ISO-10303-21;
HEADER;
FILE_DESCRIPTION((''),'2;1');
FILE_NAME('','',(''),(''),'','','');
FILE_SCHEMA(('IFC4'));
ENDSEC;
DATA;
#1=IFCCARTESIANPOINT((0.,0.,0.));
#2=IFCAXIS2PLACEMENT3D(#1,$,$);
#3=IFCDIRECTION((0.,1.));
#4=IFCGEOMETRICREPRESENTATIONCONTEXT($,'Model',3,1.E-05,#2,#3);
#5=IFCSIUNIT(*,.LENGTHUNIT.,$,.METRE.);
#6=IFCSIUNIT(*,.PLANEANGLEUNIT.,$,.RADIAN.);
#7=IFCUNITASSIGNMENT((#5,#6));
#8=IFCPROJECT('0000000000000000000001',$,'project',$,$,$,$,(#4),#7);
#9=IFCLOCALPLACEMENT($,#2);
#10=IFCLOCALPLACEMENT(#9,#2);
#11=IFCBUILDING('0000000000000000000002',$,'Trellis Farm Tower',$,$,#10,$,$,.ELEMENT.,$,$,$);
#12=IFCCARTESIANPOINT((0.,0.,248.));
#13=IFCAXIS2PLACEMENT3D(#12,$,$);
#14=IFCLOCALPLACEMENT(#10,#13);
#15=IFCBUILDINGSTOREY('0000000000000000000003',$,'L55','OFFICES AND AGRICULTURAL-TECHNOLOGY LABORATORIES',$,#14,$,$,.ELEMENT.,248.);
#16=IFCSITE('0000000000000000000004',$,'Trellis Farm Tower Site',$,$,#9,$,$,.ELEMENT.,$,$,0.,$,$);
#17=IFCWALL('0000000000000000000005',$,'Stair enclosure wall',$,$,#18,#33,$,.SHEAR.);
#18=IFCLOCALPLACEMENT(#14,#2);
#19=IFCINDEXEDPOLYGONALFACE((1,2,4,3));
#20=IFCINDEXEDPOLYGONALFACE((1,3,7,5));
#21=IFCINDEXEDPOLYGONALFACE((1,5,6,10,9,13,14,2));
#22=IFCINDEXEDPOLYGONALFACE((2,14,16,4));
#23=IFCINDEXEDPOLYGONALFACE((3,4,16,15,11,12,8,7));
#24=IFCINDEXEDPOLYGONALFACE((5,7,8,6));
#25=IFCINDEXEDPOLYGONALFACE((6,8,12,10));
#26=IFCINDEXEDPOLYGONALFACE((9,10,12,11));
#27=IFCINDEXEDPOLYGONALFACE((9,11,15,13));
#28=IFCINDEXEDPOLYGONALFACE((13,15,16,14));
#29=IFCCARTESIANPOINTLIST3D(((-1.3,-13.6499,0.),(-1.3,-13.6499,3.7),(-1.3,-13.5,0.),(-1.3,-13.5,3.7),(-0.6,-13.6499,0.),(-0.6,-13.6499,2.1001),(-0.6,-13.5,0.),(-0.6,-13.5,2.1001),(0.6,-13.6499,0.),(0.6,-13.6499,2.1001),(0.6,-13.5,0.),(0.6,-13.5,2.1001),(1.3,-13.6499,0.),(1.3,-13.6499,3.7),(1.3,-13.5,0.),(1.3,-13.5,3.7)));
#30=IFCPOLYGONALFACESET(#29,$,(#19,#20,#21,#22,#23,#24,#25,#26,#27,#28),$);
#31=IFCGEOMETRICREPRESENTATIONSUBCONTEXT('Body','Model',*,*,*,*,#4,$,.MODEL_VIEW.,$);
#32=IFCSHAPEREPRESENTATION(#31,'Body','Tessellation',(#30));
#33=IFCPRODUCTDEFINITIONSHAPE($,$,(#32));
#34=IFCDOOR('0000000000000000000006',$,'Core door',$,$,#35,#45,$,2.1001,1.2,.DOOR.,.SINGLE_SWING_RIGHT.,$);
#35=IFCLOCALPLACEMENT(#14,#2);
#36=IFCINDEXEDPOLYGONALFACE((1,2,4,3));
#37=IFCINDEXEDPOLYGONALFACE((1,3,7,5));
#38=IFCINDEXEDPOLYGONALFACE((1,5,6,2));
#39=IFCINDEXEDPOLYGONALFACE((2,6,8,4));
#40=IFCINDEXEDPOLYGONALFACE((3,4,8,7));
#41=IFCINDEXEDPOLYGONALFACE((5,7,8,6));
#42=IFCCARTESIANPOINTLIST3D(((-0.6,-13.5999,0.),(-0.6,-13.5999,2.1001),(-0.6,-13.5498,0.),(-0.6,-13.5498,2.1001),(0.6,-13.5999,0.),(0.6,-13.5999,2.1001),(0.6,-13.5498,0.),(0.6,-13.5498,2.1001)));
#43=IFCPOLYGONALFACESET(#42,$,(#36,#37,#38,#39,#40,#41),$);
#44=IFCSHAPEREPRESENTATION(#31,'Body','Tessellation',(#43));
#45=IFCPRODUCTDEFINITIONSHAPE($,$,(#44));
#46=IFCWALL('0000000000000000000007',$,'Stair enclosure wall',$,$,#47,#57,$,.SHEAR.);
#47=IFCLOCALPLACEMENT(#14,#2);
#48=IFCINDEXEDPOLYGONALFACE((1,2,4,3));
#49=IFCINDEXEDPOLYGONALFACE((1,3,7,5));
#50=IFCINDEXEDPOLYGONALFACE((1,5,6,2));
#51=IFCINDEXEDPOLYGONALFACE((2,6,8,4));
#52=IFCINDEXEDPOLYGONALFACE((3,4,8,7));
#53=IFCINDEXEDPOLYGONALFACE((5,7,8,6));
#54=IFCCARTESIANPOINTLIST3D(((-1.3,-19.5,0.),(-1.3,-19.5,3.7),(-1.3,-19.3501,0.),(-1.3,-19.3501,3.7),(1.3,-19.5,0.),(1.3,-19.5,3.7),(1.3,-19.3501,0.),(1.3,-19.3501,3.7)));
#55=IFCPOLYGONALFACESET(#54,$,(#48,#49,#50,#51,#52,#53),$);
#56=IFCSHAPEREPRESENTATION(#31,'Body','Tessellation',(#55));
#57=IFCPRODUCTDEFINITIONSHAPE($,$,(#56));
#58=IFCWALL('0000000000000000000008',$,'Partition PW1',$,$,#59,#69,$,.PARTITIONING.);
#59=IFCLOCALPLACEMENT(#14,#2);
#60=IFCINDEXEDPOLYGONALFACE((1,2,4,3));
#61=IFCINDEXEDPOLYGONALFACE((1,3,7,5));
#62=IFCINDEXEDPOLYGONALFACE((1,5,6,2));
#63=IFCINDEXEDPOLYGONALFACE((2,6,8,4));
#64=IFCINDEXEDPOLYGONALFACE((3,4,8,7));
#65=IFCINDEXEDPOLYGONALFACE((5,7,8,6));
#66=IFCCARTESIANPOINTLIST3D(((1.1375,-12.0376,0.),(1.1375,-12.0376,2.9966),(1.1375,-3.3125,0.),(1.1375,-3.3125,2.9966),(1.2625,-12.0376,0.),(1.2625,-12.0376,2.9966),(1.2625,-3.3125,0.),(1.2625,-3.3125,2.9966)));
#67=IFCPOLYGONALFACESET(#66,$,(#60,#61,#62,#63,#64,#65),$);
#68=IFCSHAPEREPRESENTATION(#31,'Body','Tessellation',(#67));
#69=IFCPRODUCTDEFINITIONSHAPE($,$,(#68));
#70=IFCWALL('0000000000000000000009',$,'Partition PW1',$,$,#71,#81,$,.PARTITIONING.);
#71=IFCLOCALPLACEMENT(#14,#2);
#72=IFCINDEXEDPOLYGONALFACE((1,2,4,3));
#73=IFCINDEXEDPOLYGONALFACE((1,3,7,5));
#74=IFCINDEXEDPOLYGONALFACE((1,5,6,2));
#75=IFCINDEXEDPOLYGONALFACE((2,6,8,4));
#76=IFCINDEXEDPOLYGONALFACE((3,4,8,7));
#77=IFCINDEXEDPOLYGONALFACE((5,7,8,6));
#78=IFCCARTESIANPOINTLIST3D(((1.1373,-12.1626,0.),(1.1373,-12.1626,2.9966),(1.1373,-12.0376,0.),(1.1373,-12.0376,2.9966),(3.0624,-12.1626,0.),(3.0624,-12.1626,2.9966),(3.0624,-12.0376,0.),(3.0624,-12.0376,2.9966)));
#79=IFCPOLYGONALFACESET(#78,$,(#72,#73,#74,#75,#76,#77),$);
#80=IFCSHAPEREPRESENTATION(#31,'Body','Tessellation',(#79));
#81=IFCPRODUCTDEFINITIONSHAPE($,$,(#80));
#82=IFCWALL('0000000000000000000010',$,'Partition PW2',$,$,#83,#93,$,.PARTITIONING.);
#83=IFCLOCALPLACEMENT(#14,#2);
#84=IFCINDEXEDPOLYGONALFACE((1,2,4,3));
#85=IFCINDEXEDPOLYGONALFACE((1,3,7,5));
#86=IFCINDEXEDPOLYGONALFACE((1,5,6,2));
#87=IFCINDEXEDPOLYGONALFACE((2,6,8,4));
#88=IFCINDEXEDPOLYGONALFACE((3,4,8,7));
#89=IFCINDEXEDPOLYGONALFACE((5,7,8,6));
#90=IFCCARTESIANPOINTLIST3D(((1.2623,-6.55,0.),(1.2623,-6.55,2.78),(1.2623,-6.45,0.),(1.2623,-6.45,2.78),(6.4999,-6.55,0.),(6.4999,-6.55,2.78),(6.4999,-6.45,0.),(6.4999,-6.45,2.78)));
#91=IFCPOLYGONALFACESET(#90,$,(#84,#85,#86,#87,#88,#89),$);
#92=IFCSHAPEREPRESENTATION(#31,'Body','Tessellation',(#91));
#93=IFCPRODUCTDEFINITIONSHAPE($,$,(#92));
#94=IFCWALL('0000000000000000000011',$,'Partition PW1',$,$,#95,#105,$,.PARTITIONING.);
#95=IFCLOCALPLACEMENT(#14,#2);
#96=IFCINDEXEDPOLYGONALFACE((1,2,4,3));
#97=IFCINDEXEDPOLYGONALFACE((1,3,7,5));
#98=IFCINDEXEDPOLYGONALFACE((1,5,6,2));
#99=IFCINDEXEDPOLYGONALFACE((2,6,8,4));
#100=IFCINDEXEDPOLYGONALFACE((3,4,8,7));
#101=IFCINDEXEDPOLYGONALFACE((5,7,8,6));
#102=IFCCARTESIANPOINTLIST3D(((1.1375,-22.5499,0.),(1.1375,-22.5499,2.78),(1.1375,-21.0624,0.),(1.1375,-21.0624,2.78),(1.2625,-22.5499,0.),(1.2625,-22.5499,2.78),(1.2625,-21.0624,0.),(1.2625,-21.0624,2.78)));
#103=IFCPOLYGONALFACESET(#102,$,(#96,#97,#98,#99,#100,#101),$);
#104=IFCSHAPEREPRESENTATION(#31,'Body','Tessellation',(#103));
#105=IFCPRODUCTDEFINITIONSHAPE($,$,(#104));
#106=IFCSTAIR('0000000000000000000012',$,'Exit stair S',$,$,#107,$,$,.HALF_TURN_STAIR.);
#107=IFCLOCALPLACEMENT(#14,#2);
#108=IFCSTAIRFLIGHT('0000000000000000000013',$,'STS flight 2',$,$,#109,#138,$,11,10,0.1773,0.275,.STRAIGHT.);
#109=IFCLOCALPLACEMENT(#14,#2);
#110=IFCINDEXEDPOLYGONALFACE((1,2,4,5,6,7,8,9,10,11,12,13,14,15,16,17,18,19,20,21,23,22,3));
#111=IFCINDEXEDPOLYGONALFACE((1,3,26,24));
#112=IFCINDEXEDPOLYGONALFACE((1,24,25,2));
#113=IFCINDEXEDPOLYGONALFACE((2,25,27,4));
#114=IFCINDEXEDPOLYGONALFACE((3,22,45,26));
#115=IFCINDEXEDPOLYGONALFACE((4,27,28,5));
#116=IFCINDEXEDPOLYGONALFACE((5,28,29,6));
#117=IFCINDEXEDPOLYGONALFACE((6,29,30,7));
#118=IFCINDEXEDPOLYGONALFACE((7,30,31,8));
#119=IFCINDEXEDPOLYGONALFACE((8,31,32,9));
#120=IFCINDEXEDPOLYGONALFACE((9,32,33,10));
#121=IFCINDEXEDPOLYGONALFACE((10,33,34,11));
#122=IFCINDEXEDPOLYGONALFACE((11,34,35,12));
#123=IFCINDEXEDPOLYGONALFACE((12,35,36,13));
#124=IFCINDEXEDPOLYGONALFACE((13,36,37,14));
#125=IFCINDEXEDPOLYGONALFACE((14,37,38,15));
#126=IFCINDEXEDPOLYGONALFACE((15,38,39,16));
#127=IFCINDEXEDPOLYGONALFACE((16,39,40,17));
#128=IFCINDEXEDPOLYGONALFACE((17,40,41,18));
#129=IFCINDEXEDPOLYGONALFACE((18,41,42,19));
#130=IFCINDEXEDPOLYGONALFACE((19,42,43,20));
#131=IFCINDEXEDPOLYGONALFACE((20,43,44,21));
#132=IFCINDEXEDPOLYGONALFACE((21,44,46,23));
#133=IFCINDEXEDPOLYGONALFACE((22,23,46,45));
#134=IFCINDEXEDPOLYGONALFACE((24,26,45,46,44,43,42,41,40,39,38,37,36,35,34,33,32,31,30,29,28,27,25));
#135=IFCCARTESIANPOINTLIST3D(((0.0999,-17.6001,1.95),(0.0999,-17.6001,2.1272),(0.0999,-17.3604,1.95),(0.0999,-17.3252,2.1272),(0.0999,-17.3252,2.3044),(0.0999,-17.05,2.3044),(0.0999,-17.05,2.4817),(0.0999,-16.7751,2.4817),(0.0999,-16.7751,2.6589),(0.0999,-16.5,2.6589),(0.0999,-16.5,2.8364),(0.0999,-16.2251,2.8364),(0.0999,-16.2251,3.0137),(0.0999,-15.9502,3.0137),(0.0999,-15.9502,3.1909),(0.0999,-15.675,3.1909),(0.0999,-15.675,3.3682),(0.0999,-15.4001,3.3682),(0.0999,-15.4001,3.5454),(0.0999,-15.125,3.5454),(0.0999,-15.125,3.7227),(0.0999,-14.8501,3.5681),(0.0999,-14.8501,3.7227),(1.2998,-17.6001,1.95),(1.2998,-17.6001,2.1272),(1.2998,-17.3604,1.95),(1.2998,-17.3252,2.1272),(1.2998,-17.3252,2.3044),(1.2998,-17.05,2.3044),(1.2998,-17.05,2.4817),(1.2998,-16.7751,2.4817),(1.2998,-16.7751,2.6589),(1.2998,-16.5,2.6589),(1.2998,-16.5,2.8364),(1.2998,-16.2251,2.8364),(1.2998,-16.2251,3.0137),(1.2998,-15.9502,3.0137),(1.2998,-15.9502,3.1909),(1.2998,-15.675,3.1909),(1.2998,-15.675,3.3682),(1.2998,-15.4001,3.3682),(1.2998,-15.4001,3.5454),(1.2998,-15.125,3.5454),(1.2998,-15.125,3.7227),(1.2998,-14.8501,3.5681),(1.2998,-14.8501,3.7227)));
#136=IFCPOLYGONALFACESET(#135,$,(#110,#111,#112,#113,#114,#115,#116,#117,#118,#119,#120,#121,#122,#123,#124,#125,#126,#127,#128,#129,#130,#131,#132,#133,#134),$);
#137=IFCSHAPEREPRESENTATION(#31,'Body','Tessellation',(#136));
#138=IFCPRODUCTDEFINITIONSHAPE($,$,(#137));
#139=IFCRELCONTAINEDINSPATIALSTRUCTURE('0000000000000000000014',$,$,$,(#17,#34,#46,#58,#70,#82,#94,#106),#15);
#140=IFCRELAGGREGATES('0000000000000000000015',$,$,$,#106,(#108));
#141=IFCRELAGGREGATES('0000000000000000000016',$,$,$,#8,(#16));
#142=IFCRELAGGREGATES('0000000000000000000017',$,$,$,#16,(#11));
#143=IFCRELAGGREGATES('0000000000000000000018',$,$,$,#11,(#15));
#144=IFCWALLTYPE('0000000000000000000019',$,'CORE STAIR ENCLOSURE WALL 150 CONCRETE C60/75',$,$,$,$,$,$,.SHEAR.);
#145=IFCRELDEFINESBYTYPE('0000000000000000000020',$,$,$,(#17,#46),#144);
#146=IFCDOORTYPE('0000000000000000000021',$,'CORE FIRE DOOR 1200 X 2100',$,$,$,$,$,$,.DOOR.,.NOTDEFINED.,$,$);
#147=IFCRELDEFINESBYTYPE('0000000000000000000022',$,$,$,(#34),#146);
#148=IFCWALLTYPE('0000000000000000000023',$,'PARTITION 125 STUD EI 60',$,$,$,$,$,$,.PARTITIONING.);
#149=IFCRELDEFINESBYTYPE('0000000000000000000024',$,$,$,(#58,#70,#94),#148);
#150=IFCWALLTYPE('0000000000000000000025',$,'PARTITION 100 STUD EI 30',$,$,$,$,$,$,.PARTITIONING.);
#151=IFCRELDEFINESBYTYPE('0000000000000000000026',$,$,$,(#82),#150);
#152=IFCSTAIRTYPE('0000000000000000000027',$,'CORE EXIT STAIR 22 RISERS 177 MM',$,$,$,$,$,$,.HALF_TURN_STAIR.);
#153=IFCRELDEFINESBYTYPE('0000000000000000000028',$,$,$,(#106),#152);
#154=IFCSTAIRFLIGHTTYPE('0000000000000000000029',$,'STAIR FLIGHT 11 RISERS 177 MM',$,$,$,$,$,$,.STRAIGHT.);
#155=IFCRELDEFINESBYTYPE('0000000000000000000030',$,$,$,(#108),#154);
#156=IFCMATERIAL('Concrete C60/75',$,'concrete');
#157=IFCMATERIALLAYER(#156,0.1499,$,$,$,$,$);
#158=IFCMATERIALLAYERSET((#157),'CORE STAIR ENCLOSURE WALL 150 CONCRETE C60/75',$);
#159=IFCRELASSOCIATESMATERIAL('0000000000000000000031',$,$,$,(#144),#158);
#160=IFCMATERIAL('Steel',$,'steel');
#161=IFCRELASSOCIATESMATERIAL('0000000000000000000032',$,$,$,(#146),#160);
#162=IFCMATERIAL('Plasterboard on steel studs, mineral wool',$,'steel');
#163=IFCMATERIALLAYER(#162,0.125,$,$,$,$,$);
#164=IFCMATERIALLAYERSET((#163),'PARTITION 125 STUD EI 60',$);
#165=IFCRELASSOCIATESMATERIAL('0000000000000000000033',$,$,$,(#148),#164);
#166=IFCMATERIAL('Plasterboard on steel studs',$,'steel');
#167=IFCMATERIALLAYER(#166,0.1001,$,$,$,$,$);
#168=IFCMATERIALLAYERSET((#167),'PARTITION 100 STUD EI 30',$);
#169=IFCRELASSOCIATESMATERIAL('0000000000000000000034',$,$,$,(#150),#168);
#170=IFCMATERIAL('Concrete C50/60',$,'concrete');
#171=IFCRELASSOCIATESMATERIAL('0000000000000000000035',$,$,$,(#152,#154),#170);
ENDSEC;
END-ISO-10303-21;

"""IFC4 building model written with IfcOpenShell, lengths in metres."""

from ifc_helpers import new_model, si_unit, direction, frame, frame_2d, origin, place, context, subcontext, project, spatial, polyline, rectangle, outline, extrude, source, transform, mapped, material, layer, layer_set, type_object, element, fill, aggregate, save


model = new_model("IFC4")

# Units and contexts
model_context = context("Model", 3, precision=1e-05, world=origin(), true_north=direction((0.0, 1.0)))
body_context = subcontext(model_context, "Body", "Model", "MODEL_VIEW")
ifc_project = project(units=[si_unit("LENGTHUNIT", "METRE"), si_unit("PLANEANGLEUNIT", "RADIAN")], contexts=[model_context])

# Site, building, storey
site_placement = place(None, origin())
site = spatial("IfcSite", under=ifc_project, at=site_placement, Name="Trellis Farm Tower Site", CompositionType="ELEMENT", RefElevation=0.0)
building_placement = place(site_placement, origin())
building = spatial("IfcBuilding", under=site, at=building_placement, Name="Trellis Farm Tower", CompositionType="ELEMENT")
storey_placement = place(building_placement, frame((0.0, 0.0, 248.0)))
storey = spatial("IfcBuildingStorey", under=building, at=storey_placement, Name="L55", Description="OFFICES AND AGRICULTURAL-TECHNOLOGY LABORATORIES", CompositionType="ELEMENT", Elevation=248.0)

# Shared definitions
placement_1 = place(storey_placement, origin())

# Shared definitions
ifc_material_1 = material(Name="Concrete C60/75", Category="concrete")

# Wall, opening, door
ifc_layer_1 = layer(ifc_material_1, 0.1499)
ifc_layer_set_1 = layer_set([ifc_layer_1], Name="CORE STAIR ENCLOSURE WALL 150 CONCRETE C60/75")
wall_type_1 = type_object("IfcWallType", Name="CORE STAIR ENCLOSURE WALL 150 CONCRETE C60/75", PredefinedType="SHEAR", material=ifc_layer_set_1)
shared_shape_1 = source(origin(), body_context, "Body", "SweptSolid", [
    extrude(rectangle(XDim=2.6001, YDim=0.1499, at=frame_2d((1.3, 0.0))), origin(), (0.0, 0.0, 1.0), 3.7),
])
wall_1_placement = place(storey_placement, frame((1.3, -13.575, 0.0), z_axis=(0.0, 0.0, 1.0), x_axis=(-1.0, 0.0, 0.0)))
wall_1 = element("IfcWall", 1, at=wall_1_placement, inside=storey, type_object=wall_type_1, Name="Stair enclosure wall", PredefinedType="SHEAR", context=body_context, shape_type="MappedRepresentation", body=[
    mapped(shared_shape_1, transform((0.0, 0.0, 0.0))),
])
shared_shape_2 = source(origin(), body_context, "Body", "SweptSolid", [
    extrude(rectangle(XDim=1.2, YDim=2.1001, at=frame_2d((0.6001, 1.05))), frame((0.0, 0.085, 0.0), z_axis=(0.0, -1.0, 0.0), x_axis=(1.0, 0.0, 0.0)), (0.0, 0.0, 1.0), 0.1699),
])
opening_placement = place(wall_1_placement, frame((0.7, 0.0, 0.0)))
opening = element("IfcOpeningElement", 2, at=opening_placement, cuts=wall_1, PredefinedType="OPENING", context=body_context, shape_type="MappedRepresentation", body=[
    mapped(shared_shape_2, transform((0.0, 0.0, 0.0))),
])
ifc_material_2 = material(Name="Steel", Category="steel")
door_type = type_object("IfcDoorType", Name="CORE FIRE DOOR 1200 X 2100", OperationType="NOTDEFINED", PredefinedType="DOOR", material=ifc_material_2)
shared_shape_3 = source(origin(), body_context, "Body", "SweptSolid", [
    extrude(rectangle(XDim=1.2, YDim=2.1001, at=frame_2d((0.6001, 1.05))), frame((0.0, 0.0249, 0.0), z_axis=(0.0, -1.0, 0.0), x_axis=(1.0, 0.0, 0.0)), (0.0, 0.0, 1.0), 0.05),
])
door_placement = place(opening_placement, origin())
door = element("IfcDoor", 3, at=door_placement, inside=storey, type_object=door_type, Name="Core door", OperationType="SINGLE_SWING_RIGHT", OverallHeight=2.1001, OverallWidth=1.2, PredefinedType="DOOR", context=body_context, shape_type="MappedRepresentation", body=[
    mapped(shared_shape_3, transform((0.0, 0.0, 0.0))),
])
fill(opening, door)

# Walls
wall_2_placement = place(storey_placement, frame((1.3, -19.425, 0.0), z_axis=(0.0, 0.0, 1.0), x_axis=(-1.0, 0.0, 0.0)))
element("IfcWall", 4, at=wall_2_placement, inside=storey, type_object=wall_type_1, Name="Stair enclosure wall", PredefinedType="SHEAR", context=body_context, shape_type="MappedRepresentation", body=[
    mapped(shared_shape_1, transform((0.0, 0.0, 0.0))),
])
ifc_material_3 = material(Name="Plasterboard on steel studs, mineral wool", Category="steel")
ifc_layer_2 = layer(ifc_material_3, 0.125)
ifc_layer_set_2 = layer_set([ifc_layer_2], Name="PARTITION 125 STUD EI 60")
wall_type_2 = type_object("IfcWallType", Name="PARTITION 125 STUD EI 60", PredefinedType="PARTITIONING", material=ifc_layer_set_2)
shared_shape_4 = source(origin(), body_context, "Body", "SweptSolid", [
    extrude(rectangle(XDim=8.7251, YDim=0.125, at=frame_2d((4.3625, 0.0))), origin(), (0.0, 0.0, 1.0), 2.9966),
])
wall_3_placement = place(storey_placement, frame((1.2, -3.3125, 0.0), z_axis=(0.0, 0.0, 1.0), x_axis=(0.0, -1.0, 0.0)))
element("IfcWall", 5, at=wall_3_placement, inside=storey, type_object=wall_type_2, Name="Partition PW1", PredefinedType="PARTITIONING", context=body_context, shape_type="MappedRepresentation", body=[
    mapped(shared_shape_4, transform((0.0, 0.0, 0.0))),
])
shared_shape_5 = source(origin(), body_context, "Body", "SweptSolid", [
    extrude(rectangle(XDim=1.925, YDim=0.125, at=frame_2d((0.9624, 0.0))), origin(), (0.0, 0.0, 1.0), 2.9966),
])
wall_4_placement = place(storey_placement, frame((1.1375, -12.1001, 0.0), z_axis=(0.0, 0.0, 1.0), x_axis=(1.0, 0.0, 0.0)))
element("IfcWall", 6, at=wall_4_placement, inside=storey, type_object=wall_type_2, Name="Partition PW1", PredefinedType="PARTITIONING", context=body_context, shape_type="MappedRepresentation", body=[
    mapped(shared_shape_5, transform((0.0, 0.0, 0.0))),
])
ifc_material_4 = material(Name="Plasterboard on steel studs", Category="steel")
ifc_layer_3 = layer(ifc_material_4, 0.1001)
ifc_layer_set_3 = layer_set([ifc_layer_3], Name="PARTITION 100 STUD EI 30")
wall_type_3 = type_object("IfcWallType", Name="PARTITION 100 STUD EI 30", PredefinedType="PARTITIONING", material=ifc_layer_set_3)
shared_shape_6 = source(origin(), body_context, "Body", "SweptSolid", [
    extrude(rectangle(XDim=5.2375, YDim=0.1001, at=frame_2d((2.6187, 0.0))), origin(), (0.0, 0.0, 1.0), 2.78),
])
wall_5_placement = place(storey_placement, frame((1.2625, -6.5, 0.0), z_axis=(0.0, 0.0, 1.0), x_axis=(1.0, 0.0, 0.0)))
element("IfcWall", 7, at=wall_5_placement, inside=storey, type_object=wall_type_3, Name="Partition PW2", PredefinedType="PARTITIONING", context=body_context, shape_type="MappedRepresentation", body=[
    mapped(shared_shape_6, transform((0.0, 0.0, 0.0))),
])
shared_shape_7 = source(origin(), body_context, "Body", "SweptSolid", [
    extrude(rectangle(XDim=1.4875, YDim=0.125, at=frame_2d((0.7437, 0.0))), origin(), (0.0, 0.0, 1.0), 2.78),
])
wall_6_placement = place(storey_placement, frame((1.2, -21.0625, 0.0), z_axis=(0.0, 0.0, 1.0), x_axis=(0.0, -1.0, 0.0)))
element("IfcWall", 8, at=wall_6_placement, inside=storey, type_object=wall_type_2, Name="Partition PW1", PredefinedType="PARTITIONING", context=body_context, shape_type="MappedRepresentation", body=[
    mapped(shared_shape_7, transform((0.0, 0.0, 0.0))),
])

# Stair, stair flight
ifc_material_5 = material(Name="Concrete C50/60", Category="concrete")
stair_type = type_object("IfcStairType", Name="CORE EXIT STAIR 22 RISERS 177 MM", PredefinedType="HALF_TURN_STAIR", material=ifc_material_5)
stair = element("IfcStair", 9, at=placement_1, inside=storey, type_object=stair_type, Name="Exit stair S", PredefinedType="HALF_TURN_STAIR")
stair_flight_type = type_object("IfcStairFlightType", Name="STAIR FLIGHT 11 RISERS 177 MM", PredefinedType="STRAIGHT", material=ifc_material_5)
shared_shape_8 = source(origin(), body_context, "Body", "SweptSolid", [
    extrude(outline(polyline([(0.0, 0.0), (0.0, 0.1772), (0.2749, 0.1772), (0.2749, 0.3545), (0.55, 0.3545), (0.55, 0.5317), (0.825, 0.5317), (0.825, 0.709), (1.1001, 0.709), (1.1001, 0.8865), (1.375, 0.8865), (1.375, 1.0637), (1.6499, 1.0637), (1.6499, 1.241), (1.925, 1.241), (1.925, 1.4182), (2.2, 1.4182), (2.2, 1.5955), (2.4751, 1.5955), (2.4751, 1.7727), (2.75, 1.7727), (2.75, 1.95), (2.75, 1.6182), (0.2397, 0.0), (0.0, 0.0)])), frame((0.0, 0.6001, 0.0), z_axis=(0.0, -1.0, 0.0), x_axis=(1.0, 0.0, 0.0)), (0.0, 0.0, 1.0), 1.2),
])
stair_flight_placement = place(storey_placement, frame((0.7, -17.6001, 1.95), z_axis=(0.0, 0.0, 1.0), x_axis=(0.0, 1.0, 0.0)))
stair_flight = element("IfcStairFlight", 10, at=stair_flight_placement, type_object=stair_flight_type, Name="STS flight 2", NumberOfRisers=11, NumberOfTreads=10, PredefinedType="STRAIGHT", RiserHeight=0.1773, TreadLength=0.275, context=body_context, shape_type="MappedRepresentation", body=[
    mapped(shared_shape_8, transform((0.0, 0.0, 0.0))),
])
aggregate(stair, [stair_flight])

save(model, "model.ifc")
